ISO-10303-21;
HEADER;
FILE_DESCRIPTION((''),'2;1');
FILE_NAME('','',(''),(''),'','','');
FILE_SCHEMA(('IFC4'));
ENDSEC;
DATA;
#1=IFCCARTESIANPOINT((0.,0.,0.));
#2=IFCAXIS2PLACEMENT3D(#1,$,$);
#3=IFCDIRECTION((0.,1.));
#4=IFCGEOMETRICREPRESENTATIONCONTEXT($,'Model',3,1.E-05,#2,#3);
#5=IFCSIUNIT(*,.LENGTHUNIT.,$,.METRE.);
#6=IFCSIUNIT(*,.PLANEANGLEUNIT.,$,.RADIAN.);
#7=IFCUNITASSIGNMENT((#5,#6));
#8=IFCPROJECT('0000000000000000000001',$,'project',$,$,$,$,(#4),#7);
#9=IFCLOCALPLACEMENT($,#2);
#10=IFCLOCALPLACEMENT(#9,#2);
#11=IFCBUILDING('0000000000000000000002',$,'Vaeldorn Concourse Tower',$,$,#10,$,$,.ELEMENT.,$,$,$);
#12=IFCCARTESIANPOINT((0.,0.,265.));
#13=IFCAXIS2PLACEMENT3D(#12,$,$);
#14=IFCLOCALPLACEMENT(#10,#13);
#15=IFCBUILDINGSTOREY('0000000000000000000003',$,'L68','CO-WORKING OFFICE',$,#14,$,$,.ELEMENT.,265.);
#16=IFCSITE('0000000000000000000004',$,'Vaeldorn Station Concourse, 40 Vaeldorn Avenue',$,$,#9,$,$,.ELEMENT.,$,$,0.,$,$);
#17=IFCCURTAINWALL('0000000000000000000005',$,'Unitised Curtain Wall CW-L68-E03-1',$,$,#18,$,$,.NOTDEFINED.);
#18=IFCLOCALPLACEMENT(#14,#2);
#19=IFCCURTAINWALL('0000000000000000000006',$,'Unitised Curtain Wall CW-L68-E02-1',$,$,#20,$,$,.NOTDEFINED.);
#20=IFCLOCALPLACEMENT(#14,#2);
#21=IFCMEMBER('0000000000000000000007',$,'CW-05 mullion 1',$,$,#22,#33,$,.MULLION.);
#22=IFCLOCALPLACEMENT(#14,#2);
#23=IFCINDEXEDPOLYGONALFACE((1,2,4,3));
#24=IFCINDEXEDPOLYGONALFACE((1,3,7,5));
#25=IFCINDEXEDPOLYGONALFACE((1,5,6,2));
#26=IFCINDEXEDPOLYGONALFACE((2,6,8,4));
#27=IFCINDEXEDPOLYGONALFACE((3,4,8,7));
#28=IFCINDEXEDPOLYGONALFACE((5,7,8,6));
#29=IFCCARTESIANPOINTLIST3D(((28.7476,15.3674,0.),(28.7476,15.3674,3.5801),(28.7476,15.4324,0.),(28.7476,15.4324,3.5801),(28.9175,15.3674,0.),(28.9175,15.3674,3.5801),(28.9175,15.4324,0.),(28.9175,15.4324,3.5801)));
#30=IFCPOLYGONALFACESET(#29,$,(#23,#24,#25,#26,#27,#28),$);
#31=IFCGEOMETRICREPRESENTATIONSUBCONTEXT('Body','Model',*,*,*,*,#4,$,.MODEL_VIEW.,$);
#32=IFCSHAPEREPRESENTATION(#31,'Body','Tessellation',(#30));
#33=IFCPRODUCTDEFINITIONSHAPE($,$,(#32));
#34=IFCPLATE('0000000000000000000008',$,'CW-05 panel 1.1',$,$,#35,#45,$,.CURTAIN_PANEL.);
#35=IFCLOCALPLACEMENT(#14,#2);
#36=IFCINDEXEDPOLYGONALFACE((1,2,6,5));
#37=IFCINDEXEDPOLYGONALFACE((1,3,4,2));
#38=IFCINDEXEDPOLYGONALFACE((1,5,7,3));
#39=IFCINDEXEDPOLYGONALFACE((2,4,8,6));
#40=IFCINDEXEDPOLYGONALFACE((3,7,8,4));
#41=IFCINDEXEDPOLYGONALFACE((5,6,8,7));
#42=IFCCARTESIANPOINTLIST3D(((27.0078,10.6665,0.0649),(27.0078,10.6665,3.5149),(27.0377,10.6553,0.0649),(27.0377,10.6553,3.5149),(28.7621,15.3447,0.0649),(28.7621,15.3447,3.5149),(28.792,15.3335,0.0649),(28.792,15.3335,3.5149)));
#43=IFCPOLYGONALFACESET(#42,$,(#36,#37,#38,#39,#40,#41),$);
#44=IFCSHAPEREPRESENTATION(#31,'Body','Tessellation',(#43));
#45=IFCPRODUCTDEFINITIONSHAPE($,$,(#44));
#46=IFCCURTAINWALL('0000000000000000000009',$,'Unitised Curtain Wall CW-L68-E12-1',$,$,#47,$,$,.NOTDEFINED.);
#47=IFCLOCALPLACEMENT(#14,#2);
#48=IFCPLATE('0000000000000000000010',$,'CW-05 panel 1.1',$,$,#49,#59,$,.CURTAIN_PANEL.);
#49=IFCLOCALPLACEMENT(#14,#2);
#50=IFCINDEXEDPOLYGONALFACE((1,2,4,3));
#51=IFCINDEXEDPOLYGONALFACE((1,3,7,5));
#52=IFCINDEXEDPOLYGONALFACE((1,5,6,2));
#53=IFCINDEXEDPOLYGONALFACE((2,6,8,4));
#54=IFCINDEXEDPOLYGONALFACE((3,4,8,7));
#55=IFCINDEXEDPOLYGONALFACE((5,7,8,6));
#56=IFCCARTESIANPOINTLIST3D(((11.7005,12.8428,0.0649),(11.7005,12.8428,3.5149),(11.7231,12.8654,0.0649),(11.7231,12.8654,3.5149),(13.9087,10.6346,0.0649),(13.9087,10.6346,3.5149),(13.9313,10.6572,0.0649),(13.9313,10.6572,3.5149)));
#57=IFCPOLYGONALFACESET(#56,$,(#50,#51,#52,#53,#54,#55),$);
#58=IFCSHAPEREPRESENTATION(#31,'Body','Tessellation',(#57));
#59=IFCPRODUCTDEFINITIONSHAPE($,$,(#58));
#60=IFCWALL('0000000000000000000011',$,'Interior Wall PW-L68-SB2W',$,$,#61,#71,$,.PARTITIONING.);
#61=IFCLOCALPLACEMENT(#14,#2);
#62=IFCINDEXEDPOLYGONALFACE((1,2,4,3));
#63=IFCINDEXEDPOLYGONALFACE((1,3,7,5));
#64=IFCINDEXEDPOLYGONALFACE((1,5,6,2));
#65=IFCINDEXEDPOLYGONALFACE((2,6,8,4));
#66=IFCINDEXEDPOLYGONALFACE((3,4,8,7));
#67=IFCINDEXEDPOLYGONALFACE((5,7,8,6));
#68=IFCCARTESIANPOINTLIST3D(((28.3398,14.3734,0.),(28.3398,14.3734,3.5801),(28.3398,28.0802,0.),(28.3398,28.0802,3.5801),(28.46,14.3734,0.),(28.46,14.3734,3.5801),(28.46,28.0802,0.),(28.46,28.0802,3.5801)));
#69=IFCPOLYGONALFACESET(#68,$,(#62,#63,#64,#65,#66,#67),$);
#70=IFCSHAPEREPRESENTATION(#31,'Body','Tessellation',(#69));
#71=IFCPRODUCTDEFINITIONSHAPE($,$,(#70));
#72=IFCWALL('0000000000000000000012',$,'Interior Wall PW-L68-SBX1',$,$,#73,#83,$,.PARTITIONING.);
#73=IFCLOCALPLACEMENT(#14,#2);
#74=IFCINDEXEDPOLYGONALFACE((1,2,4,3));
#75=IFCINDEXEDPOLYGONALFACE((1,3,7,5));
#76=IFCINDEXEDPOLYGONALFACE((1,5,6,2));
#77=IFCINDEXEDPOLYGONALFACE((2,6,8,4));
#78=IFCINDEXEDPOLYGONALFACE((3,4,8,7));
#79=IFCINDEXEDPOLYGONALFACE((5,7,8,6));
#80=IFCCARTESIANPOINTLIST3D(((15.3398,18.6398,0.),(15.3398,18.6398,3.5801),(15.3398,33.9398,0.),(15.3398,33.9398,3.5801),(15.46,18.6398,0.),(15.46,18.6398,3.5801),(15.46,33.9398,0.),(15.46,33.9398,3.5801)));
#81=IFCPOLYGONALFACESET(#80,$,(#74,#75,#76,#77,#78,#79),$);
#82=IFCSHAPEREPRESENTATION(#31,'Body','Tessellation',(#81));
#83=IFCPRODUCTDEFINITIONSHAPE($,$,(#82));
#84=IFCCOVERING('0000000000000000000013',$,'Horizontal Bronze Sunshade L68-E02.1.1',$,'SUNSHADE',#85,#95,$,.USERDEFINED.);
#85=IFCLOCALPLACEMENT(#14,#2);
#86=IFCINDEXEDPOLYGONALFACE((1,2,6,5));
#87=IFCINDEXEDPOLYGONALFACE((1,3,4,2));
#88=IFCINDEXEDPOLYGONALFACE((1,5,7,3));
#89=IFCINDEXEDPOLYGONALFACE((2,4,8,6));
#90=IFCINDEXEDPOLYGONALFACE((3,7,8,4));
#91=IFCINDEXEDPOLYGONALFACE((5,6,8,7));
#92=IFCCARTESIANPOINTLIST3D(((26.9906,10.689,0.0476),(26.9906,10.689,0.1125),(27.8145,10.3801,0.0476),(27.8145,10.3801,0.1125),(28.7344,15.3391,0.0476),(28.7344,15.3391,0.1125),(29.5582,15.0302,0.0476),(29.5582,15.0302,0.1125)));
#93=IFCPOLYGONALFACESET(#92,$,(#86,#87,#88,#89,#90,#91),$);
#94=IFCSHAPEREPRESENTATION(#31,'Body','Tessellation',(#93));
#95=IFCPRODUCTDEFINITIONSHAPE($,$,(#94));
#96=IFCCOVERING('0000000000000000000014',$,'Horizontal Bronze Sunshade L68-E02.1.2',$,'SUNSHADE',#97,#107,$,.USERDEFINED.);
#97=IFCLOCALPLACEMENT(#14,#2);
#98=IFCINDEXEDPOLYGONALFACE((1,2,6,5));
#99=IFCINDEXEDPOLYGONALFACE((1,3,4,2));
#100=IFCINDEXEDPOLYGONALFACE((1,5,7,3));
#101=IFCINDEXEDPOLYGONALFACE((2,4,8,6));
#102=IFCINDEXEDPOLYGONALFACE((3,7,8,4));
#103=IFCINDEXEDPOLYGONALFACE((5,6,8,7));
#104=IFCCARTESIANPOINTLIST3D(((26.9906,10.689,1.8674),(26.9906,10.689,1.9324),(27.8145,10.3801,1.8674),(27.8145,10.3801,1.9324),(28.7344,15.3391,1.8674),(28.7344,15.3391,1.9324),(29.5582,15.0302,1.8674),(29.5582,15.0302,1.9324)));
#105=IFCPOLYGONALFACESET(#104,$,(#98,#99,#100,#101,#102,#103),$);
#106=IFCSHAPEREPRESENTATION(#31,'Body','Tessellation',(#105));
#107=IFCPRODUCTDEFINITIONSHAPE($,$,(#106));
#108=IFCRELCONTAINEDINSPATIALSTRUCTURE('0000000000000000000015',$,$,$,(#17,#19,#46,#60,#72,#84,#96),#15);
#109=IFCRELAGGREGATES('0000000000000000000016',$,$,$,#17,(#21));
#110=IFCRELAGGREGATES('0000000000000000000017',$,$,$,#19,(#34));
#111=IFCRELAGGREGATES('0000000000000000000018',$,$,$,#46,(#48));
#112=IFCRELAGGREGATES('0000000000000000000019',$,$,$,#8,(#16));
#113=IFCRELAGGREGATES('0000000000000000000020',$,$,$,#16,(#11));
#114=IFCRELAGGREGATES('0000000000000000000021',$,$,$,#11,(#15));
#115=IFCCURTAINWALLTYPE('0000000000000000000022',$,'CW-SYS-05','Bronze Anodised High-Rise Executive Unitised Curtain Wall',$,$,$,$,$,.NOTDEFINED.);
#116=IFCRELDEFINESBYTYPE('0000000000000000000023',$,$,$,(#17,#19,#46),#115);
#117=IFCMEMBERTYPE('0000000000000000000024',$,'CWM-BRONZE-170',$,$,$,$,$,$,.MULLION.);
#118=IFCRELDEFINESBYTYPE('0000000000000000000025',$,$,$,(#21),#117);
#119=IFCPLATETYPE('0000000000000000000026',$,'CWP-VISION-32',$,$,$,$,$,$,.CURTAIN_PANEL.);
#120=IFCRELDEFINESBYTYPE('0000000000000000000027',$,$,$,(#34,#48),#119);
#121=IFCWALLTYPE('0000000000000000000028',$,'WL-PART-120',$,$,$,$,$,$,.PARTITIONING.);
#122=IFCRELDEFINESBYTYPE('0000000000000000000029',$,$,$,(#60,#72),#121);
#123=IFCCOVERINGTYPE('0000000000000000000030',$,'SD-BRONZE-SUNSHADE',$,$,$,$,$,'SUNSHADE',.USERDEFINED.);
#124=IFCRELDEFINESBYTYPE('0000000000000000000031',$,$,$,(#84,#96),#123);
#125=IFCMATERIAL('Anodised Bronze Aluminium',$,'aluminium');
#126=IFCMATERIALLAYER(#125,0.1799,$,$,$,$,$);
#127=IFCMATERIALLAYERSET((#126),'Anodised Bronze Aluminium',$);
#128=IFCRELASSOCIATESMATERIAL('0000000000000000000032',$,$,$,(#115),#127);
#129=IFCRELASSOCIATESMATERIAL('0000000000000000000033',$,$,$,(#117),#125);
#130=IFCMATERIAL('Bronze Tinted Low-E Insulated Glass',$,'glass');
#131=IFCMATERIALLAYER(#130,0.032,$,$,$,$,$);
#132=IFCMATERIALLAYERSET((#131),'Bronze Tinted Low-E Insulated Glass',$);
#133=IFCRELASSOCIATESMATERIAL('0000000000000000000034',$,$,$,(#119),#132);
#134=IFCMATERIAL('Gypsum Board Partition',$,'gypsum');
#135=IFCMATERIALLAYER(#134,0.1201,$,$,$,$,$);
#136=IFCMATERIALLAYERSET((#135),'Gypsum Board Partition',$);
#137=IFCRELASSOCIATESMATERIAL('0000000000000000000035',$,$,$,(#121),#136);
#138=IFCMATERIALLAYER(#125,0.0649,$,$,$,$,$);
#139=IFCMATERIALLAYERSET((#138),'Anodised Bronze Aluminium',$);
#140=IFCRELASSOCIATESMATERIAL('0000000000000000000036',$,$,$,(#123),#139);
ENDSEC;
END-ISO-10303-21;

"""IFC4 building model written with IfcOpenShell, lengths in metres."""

from ifc_helpers import new_model, si_unit, direction, frame, frame_2d, origin, origin_2d, place, context, subcontext, project, spatial, rectangle, extrude, source, transform, mapped, material, layer, layer_set, material_profile, profile_set, type_object, element, aggregate, save


model = new_model("IFC4")

# Units and contexts
model_context = context("Model", 3, precision=1e-05, world=origin(), true_north=direction((0.0, 1.0)))
body_context = subcontext(model_context, "Body", "Model", "MODEL_VIEW")
ifc_project = project(units=[si_unit("LENGTHUNIT", "METRE"), si_unit("PLANEANGLEUNIT", "RADIAN")], contexts=[model_context])

# Site, building, storey
site_placement = place(None, origin())
site = spatial("IfcSite", under=ifc_project, at=site_placement, Name="Vaeldorn Station Concourse, 40 Vaeldorn Avenue", CompositionType="ELEMENT", RefElevation=0.0)
building_placement = place(site_placement, origin())
building = spatial("IfcBuilding", under=site, at=building_placement, Name="Vaeldorn Concourse Tower", CompositionType="ELEMENT")
storey_placement = place(building_placement, frame((0.0, 0.0, 265.0)))
storey = spatial("IfcBuildingStorey", under=building, at=storey_placement, Name="L68", Description="CO-WORKING OFFICE", CompositionType="ELEMENT", Elevation=265.0)

# Curtain wall
ifc_material_1 = material(Name="Anodised Bronze Aluminium", Category="aluminium")
ifc_layer_1 = layer(ifc_material_1, 0.1799)
ifc_layer_set_1 = layer_set([ifc_layer_1], Name="Anodised Bronze Aluminium")
curtain_wall_type = type_object("IfcCurtainWallType", Name="CW-SYS-05", Description="Bronze Anodised High-Rise Executive Unitised Curtain Wall", PredefinedType="NOTDEFINED", material=ifc_layer_set_1)
curtain_wall_1_placement = place(storey_placement, origin())
curtain_wall_1 = element("IfcCurtainWall", 1, at=curtain_wall_1_placement, inside=storey, type_object=curtain_wall_type, Name="Unitised Curtain Wall CW-L68-E03-1", PredefinedType="NOTDEFINED")

# Curtain wall
curtain_wall_2_placement = place(storey_placement, origin())
curtain_wall_2 = element("IfcCurtainWall", 2, at=curtain_wall_2_placement, inside=storey, type_object=curtain_wall_type, Name="Unitised Curtain Wall CW-L68-E02-1", PredefinedType="NOTDEFINED")
ifc_material_profile_1 = material_profile(ifc_material_1, rectangle(XDim=0.0649, YDim=0.1699, at=origin_2d()), Name="CWM 65x170")
ifc_profile_set_1 = profile_set([ifc_material_profile_1], Name="Anodised Bronze Aluminium")
member_type_1 = type_object("IfcMemberType", Name="CWM-BRONZE-170", PredefinedType="MULLION", material=ifc_profile_set_1)
shared_shape_1 = source(origin(), body_context, "Body", "SweptSolid", [
    extrude(rectangle(XDim=0.0649, YDim=0.1699, at=origin_2d()), origin(), (0.0, 0.0, 1.0), 3.5801),
])

# Member
member_1_placement = place(storey_placement, frame((28.8325, 15.3999, 0.0), z_axis=(0.0, 0.0, 1.0), x_axis=(0.0, 1.0, 0.0)))
member_1 = element("IfcMember", 3, at=member_1_placement, type_object=member_type_1, Name="CW-05 mullion 1", PredefinedType="MULLION", context=body_context, shape_type="MappedRepresentation", body=[
    mapped(shared_shape_1, transform((0.0, 0.0, 0.0), scale=1.0)),
])
aggregate(curtain_wall_1, [member_1])

# Plate
ifc_material_2 = material(Name="Bronze Tinted Low-E Insulated Glass", Category="glass")
ifc_layer_2 = layer(ifc_material_2, 0.032)
ifc_layer_set_2 = layer_set([ifc_layer_2], Name="Bronze Tinted Low-E Insulated Glass")
plate_type = type_object("IfcPlateType", Name="CWP-VISION-32", PredefinedType="CURTAIN_PANEL", material=ifc_layer_set_2)
shared_shape_2 = source(origin(), body_context, "Body", "SweptSolid", [
    extrude(rectangle(XDim=4.9963, YDim=0.032, at=origin_2d()), origin(), (0.0, 0.0, 1.0), 3.45),
])
plate_1_placement = place(storey_placement, frame((27.8999, 13.0, 0.0649), z_axis=(0.0, 0.0, 1.0), x_axis=(0.351123, 0.936329, 0.0)))
plate_1 = element("IfcPlate", 4, at=plate_1_placement, type_object=plate_type, Name="CW-05 panel 1.1", PredefinedType="CURTAIN_PANEL", context=body_context, shape_type="MappedRepresentation", body=[
    mapped(shared_shape_2, transform((0.0, 0.0, 0.0), scale=1.0)),
])
aggregate(curtain_wall_2, [plate_1])

# Curtain wall, plate
curtain_wall_3_placement = place(storey_placement, origin())
curtain_wall_3 = element("IfcCurtainWall", 5, at=curtain_wall_3_placement, inside=storey, type_object=curtain_wall_type, Name="Unitised Curtain Wall CW-L68-E12-1", PredefinedType="NOTDEFINED")
shared_shape_3 = source(origin(), body_context, "Body", "SweptSolid", [
    extrude(rectangle(XDim=3.1228, YDim=0.032, at=origin_2d()), origin(), (0.0, 0.0, 1.0), 3.45),
])
plate_2_placement = place(storey_placement, frame((12.8159, 11.75, 0.0649), z_axis=(0.0, 0.0, 1.0), x_axis=(0.707107, -0.707107, 0.0)))
plate_2 = element("IfcPlate", 6, at=plate_2_placement, type_object=plate_type, Name="CW-05 panel 1.1", PredefinedType="CURTAIN_PANEL", context=body_context, shape_type="MappedRepresentation", body=[
    mapped(shared_shape_3, transform((0.0, 0.0, 0.0), scale=1.0)),
])
aggregate(curtain_wall_3, [plate_2])

# Walls
ifc_material_3 = material(Name="Gypsum Board Partition", Category="gypsum")
ifc_layer_3 = layer(ifc_material_3, 0.1201)
ifc_layer_set_3 = layer_set([ifc_layer_3], Name="Gypsum Board Partition")
wall_type = type_object("IfcWallType", Name="WL-PART-120", PredefinedType="PARTITIONING", material=ifc_layer_set_3)
wall_1_placement = place(storey_placement, frame((28.3999, 14.3733, 0.0), z_axis=(0.0, 0.0, 1.0), x_axis=(0.0, 1.0, 0.0)))
element("IfcWall", 7, at=wall_1_placement, inside=storey, type_object=wall_type, Name="Interior Wall PW-L68-SB2W", PredefinedType="PARTITIONING", context=body_context, shape_type="SweptSolid", body=[
    extrude(rectangle(XDim=13.7068, YDim=0.1201, at=frame_2d((6.8535, 0.0))), origin(), (0.0, 0.0, 1.0), 3.5801),
])
wall_2_placement = place(storey_placement, frame((15.3999, 18.6399, 0.0), z_axis=(0.0, 0.0, 1.0), x_axis=(0.0, 1.0, 0.0)))
element("IfcWall", 8, at=wall_2_placement, inside=storey, type_object=wall_type, Name="Interior Wall PW-L68-SBX1", PredefinedType="PARTITIONING", context=body_context, shape_type="SweptSolid", body=[
    extrude(rectangle(XDim=15.3, YDim=0.1201, at=frame_2d((7.6499, 0.0))), origin(), (0.0, 0.0, 1.0), 3.5801),
])

# Coverings
ifc_layer_4 = layer(ifc_material_1, 0.0649)
ifc_layer_set_4 = layer_set([ifc_layer_4], Name="Anodised Bronze Aluminium")
covering_type = type_object("IfcCoveringType", Name="SD-BRONZE-SUNSHADE", ElementType="SUNSHADE", PredefinedType="USERDEFINED", material=ifc_layer_set_4)
shared_shape_4 = source(origin(), body_context, "Body", "SweptSolid", [
    extrude(rectangle(XDim=4.9663, YDim=0.8799, at=origin_2d()), origin(), (0.0, 0.0, 1.0), 0.0649),
])
for number, where, z_axis, x_axis, name in (
    (9, (28.2744, 12.8596, 0.0476), (0.0, 0.0, 1.0), (0.351123, 0.936329, 0.0), "Horizontal Bronze Sunshade L68-E02.1.1"),
    (10, (28.2744, 12.8596, 1.8674), (0.0, 0.0, 1.0), (0.351123, 0.936329, 0.0), "Horizontal Bronze Sunshade L68-E02.1.2"),
):
    element("IfcCovering", number, at=place(storey_placement, frame(where, z_axis=z_axis, x_axis=x_axis)), inside=storey, type_object=covering_type, Name=name, ObjectType="SUNSHADE", PredefinedType="USERDEFINED", context=body_context, shape_type="MappedRepresentation", body=[
        mapped(shared_shape_4, transform((0.0, 0.0, 0.0), scale=1.0)),
    ])

save(model, "model.ifc")
